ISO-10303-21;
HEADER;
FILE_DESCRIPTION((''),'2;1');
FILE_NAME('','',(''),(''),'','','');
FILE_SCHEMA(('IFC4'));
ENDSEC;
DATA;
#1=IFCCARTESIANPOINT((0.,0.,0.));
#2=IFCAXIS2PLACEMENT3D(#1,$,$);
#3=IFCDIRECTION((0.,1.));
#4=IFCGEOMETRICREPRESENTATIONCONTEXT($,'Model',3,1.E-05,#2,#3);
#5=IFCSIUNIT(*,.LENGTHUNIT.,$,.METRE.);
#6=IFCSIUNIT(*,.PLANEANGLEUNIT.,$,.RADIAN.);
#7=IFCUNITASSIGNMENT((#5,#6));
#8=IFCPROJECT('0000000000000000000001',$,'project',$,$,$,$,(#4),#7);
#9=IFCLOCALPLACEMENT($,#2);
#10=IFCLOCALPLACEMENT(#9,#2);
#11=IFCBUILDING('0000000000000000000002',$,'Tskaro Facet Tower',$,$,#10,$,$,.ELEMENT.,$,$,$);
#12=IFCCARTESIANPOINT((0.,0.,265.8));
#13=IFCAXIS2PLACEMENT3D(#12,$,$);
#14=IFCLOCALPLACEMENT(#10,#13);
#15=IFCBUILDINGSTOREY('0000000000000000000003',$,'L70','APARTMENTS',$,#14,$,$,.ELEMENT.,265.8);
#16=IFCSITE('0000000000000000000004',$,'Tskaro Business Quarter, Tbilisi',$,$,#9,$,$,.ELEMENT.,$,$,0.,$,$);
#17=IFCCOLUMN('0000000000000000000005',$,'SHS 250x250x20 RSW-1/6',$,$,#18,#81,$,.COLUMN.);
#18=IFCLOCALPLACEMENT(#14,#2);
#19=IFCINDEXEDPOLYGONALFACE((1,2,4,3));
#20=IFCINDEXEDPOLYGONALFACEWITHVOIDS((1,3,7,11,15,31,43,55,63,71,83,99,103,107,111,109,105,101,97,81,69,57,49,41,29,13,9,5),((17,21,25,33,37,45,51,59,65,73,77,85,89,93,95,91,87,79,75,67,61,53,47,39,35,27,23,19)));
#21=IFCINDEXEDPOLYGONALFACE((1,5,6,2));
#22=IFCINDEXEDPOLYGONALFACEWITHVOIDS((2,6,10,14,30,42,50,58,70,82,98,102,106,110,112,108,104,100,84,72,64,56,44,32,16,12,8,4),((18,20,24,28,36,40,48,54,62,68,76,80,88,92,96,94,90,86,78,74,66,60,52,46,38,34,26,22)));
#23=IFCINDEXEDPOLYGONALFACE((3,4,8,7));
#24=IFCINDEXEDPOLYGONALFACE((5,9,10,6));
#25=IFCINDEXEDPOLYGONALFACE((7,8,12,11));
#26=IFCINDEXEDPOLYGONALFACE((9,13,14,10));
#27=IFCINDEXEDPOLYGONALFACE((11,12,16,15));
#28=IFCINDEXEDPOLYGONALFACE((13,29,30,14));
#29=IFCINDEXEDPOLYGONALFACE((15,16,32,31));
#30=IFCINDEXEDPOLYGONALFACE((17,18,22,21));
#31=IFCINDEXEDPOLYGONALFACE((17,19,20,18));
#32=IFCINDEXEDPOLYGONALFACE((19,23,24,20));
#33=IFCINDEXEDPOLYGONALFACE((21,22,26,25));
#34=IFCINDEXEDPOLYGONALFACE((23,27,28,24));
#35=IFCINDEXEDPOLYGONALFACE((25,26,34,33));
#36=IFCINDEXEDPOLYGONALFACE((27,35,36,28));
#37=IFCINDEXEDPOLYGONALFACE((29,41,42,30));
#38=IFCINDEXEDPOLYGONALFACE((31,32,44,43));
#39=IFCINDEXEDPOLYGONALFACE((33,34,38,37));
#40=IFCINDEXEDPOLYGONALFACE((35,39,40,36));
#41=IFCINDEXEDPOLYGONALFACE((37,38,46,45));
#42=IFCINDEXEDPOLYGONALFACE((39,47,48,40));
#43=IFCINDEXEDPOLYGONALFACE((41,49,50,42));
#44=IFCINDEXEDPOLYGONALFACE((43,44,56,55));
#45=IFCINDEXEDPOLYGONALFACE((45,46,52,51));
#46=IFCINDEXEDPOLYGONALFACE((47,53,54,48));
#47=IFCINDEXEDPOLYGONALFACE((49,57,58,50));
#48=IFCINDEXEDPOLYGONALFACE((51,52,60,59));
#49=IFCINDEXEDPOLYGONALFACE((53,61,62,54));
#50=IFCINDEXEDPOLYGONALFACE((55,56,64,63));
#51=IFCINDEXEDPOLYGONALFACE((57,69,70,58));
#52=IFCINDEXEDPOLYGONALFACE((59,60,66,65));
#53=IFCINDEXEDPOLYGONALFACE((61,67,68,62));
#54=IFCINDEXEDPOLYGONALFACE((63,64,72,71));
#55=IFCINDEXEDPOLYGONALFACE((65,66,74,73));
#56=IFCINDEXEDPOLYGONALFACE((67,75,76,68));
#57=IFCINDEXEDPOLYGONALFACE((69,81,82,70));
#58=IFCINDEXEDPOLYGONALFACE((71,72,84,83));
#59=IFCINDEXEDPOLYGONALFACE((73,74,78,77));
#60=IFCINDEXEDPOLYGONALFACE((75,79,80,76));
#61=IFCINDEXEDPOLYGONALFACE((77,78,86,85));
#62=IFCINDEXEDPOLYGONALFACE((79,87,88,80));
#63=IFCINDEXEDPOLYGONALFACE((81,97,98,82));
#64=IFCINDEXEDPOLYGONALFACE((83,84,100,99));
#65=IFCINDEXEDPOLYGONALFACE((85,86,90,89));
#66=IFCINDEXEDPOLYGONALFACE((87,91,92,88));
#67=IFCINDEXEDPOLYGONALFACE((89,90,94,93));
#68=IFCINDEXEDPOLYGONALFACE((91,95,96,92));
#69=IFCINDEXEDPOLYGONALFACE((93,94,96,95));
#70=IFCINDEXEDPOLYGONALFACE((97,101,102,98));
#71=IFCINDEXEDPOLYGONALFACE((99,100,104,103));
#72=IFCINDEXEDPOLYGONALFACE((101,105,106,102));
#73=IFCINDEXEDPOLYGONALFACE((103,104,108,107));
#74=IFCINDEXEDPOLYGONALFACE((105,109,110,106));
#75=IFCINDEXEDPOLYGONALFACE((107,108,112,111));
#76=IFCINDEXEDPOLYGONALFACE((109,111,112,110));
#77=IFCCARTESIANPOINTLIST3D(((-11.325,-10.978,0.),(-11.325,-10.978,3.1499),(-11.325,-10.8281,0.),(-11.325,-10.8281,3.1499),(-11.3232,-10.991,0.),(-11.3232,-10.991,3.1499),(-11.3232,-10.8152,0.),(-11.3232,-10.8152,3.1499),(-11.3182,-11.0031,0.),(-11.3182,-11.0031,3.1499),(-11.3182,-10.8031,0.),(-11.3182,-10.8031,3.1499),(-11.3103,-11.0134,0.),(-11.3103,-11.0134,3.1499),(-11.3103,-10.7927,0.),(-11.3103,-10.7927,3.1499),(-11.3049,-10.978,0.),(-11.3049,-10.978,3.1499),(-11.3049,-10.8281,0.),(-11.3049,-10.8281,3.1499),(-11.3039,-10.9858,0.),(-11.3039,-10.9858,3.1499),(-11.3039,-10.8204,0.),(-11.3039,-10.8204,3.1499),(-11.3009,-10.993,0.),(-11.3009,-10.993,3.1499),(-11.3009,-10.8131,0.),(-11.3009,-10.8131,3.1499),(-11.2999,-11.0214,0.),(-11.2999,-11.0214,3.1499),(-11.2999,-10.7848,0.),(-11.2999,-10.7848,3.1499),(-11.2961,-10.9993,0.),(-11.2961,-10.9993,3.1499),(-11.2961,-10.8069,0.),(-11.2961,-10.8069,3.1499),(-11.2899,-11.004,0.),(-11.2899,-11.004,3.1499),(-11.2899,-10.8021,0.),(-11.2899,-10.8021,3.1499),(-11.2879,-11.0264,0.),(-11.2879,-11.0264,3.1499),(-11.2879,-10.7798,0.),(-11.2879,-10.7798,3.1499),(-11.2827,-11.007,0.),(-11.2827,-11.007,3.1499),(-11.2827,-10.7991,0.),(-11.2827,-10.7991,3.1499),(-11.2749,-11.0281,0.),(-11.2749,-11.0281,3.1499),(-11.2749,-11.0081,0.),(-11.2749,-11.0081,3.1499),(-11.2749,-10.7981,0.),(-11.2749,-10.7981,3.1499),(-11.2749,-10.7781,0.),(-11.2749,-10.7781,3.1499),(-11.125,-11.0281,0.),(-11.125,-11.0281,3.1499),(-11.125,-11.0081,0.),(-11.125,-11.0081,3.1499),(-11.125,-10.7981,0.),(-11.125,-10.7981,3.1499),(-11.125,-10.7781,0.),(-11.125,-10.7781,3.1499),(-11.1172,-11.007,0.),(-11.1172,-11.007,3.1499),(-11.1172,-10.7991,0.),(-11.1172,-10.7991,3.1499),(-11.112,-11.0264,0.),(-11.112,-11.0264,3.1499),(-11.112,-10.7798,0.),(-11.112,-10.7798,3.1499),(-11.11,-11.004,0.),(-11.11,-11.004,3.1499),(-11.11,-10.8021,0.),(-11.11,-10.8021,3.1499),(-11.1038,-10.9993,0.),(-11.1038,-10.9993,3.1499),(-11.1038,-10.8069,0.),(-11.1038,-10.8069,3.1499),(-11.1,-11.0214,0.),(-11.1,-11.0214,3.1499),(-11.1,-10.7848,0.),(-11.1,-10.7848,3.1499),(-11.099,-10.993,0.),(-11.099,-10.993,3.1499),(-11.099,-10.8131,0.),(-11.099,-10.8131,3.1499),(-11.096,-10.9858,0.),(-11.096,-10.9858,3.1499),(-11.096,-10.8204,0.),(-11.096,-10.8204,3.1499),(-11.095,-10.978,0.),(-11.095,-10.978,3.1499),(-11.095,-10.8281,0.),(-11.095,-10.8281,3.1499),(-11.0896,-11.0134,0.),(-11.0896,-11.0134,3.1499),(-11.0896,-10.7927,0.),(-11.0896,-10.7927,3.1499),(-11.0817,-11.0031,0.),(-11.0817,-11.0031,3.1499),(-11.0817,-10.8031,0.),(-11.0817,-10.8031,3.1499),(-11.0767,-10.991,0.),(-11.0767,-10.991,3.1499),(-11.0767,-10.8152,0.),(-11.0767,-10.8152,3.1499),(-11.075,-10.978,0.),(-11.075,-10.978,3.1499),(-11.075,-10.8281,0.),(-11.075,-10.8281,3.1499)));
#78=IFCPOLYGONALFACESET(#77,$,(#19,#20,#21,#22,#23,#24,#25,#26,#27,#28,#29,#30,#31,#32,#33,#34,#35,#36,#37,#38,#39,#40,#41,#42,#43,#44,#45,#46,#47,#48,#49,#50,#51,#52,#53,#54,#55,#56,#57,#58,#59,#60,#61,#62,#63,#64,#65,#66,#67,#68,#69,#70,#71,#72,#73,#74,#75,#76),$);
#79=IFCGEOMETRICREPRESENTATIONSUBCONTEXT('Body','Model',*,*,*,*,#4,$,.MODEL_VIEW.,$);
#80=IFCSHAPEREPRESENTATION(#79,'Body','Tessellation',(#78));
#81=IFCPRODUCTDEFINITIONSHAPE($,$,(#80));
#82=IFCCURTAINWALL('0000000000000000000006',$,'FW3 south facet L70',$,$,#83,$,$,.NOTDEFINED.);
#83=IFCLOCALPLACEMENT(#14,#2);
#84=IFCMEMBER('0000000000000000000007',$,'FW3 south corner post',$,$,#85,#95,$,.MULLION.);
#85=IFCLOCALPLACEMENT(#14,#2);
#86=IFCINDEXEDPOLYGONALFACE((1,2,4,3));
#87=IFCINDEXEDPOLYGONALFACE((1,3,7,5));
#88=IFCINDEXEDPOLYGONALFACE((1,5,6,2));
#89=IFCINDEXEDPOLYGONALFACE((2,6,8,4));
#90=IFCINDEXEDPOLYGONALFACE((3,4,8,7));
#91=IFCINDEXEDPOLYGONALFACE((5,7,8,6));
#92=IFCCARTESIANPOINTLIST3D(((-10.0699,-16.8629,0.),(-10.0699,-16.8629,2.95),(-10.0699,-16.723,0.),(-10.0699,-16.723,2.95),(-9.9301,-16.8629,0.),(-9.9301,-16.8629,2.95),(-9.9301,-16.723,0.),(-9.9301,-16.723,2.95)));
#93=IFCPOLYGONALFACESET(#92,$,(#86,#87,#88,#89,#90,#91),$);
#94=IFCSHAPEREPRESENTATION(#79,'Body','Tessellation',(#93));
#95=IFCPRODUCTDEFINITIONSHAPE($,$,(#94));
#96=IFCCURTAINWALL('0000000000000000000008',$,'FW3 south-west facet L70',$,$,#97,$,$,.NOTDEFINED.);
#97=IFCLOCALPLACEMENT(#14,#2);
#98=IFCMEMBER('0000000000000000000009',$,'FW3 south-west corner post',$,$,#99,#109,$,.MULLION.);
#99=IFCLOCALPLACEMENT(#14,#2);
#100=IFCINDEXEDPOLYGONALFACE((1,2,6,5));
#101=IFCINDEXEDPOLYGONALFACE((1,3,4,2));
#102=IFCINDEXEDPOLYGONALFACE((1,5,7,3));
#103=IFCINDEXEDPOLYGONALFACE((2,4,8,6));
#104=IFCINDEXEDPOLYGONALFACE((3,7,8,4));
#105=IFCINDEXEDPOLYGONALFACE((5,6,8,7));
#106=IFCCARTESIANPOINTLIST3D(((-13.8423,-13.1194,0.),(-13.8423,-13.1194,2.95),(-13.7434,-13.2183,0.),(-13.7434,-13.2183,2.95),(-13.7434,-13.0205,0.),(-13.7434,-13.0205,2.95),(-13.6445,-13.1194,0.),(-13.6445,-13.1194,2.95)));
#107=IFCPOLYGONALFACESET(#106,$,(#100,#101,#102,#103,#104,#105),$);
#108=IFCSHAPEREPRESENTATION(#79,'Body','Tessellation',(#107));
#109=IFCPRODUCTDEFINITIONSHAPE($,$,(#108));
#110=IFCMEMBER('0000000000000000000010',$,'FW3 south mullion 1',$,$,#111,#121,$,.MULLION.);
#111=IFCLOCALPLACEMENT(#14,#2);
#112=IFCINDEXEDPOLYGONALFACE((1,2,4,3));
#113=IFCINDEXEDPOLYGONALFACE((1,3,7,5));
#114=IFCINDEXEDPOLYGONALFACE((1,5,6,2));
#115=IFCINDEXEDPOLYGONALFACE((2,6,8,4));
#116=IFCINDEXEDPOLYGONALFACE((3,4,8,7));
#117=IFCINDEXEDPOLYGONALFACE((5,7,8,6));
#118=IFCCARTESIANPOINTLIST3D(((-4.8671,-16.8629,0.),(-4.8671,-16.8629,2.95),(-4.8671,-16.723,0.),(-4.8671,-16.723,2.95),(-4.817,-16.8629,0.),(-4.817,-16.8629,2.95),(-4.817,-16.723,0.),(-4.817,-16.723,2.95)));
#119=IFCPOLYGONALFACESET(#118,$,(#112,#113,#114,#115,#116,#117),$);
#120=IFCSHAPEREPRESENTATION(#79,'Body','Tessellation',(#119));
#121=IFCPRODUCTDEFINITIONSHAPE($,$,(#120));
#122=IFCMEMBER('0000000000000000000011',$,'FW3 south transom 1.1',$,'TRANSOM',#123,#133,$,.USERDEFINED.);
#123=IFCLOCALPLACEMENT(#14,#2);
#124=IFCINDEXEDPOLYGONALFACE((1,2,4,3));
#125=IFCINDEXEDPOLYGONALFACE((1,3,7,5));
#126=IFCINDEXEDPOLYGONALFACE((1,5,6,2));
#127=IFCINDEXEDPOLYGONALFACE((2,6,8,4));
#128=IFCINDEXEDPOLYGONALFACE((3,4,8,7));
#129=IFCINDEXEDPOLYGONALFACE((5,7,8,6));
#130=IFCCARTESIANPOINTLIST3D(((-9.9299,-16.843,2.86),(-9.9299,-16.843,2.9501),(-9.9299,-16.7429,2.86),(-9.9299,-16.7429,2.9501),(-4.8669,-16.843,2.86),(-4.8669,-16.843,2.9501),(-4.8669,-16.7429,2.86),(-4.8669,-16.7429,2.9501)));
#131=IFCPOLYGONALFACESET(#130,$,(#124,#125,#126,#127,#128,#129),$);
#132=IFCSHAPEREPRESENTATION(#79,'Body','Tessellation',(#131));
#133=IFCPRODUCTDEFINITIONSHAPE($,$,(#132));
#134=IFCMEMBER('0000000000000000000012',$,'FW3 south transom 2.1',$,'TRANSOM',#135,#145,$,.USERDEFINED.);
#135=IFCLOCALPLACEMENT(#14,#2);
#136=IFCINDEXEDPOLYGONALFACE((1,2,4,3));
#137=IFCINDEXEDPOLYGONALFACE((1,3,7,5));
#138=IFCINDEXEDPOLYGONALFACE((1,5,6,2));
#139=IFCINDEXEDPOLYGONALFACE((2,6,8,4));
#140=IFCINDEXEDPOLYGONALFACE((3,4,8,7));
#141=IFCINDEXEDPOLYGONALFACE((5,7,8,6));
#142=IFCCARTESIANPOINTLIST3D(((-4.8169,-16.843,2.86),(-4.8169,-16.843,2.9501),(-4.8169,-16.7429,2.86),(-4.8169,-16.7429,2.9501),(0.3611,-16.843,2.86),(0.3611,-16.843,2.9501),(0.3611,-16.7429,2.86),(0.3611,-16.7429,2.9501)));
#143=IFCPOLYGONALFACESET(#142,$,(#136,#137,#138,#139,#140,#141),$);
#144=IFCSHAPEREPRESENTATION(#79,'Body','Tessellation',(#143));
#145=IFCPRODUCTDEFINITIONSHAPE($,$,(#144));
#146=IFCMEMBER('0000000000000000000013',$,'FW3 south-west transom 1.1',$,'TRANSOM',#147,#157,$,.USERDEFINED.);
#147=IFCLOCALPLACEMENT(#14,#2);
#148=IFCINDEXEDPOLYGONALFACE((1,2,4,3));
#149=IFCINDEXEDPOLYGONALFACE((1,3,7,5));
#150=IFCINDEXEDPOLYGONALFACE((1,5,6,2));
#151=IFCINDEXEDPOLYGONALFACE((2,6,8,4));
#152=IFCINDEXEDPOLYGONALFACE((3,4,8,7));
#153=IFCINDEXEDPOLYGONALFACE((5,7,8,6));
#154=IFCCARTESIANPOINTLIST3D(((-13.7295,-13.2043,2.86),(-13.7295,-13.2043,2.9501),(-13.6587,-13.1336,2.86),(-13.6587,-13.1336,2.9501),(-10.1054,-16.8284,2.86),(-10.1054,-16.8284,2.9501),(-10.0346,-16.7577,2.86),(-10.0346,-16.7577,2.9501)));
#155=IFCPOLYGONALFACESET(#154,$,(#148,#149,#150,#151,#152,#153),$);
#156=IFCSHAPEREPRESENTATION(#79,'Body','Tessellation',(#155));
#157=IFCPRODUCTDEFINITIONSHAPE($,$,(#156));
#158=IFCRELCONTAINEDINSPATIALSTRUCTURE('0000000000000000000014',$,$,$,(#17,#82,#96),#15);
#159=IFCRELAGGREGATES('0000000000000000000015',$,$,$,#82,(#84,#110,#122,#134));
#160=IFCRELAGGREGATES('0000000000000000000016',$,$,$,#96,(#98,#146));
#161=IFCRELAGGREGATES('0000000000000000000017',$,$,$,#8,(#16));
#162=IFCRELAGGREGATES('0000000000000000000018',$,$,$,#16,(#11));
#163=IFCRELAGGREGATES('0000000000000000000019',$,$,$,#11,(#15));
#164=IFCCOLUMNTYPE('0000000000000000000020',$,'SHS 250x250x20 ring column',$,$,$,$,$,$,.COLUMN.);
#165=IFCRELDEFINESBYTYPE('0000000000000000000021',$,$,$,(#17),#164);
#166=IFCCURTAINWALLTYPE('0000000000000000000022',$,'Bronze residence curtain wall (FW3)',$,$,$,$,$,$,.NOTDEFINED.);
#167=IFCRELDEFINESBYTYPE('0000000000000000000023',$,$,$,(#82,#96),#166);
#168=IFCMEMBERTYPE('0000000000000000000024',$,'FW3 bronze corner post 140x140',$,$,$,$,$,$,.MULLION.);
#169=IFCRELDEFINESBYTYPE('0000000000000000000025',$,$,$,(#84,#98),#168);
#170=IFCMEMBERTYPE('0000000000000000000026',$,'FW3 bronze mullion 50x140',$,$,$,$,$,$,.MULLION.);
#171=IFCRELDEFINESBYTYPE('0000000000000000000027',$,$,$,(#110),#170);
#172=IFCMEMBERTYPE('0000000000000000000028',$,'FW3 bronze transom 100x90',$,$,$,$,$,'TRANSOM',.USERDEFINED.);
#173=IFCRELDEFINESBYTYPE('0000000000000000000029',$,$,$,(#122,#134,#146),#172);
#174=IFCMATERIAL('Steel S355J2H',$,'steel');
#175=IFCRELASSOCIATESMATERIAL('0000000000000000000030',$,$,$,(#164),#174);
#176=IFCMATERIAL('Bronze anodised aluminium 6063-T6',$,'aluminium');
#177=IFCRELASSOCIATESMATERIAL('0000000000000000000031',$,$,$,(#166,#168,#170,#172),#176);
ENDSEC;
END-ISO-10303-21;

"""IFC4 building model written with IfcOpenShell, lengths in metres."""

from ifc_helpers import new_model, si_unit, direction, frame, origin, origin_2d, place, context, subcontext, project, spatial, rectangle, hollow_rectangle, extrude, material, material_profile, profile_set, type_object, element, aggregate, save


model = new_model("IFC4")

# Units and contexts
model_context = context("Model", 3, precision=1e-05, world=origin(), true_north=direction((0.0, 1.0)))
body_context = subcontext(model_context, "Body", "Model", "MODEL_VIEW")
ifc_project = project(units=[si_unit("LENGTHUNIT", "METRE"), si_unit("PLANEANGLEUNIT", "RADIAN")], contexts=[model_context])

# Site, building, storey
site_placement = place(None, origin())
site = spatial("IfcSite", under=ifc_project, at=site_placement, Name="Tskaro Business Quarter, Tbilisi", CompositionType="ELEMENT", RefElevation=0.0)
building_placement = place(site_placement, origin())
building = spatial("IfcBuilding", under=site, at=building_placement, Name="Tskaro Facet Tower", CompositionType="ELEMENT")
storey_placement = place(building_placement, frame((0.0, 0.0, 265.8)))
storey = spatial("IfcBuildingStorey", under=building, at=storey_placement, Name="L70", Description="APARTMENTS", CompositionType="ELEMENT", Elevation=265.8)

# Column
ifc_material_1 = material(Name="Steel S355J2H", Category="steel")
ifc_material_profile_1 = material_profile(ifc_material_1, hollow_rectangle(XDim=0.25, YDim=0.25, WallThickness=0.02, InnerFilletRadius=0.03, OuterFilletRadius=0.05, at=origin_2d()), Name="SHS 250x250x20")
ifc_profile_set_1 = profile_set([ifc_material_profile_1], Name="Steel S355J2H")
column_type_1 = type_object("IfcColumnType", Name="SHS 250x250x20 ring column", PredefinedType="COLUMN", material=ifc_profile_set_1)
for number, where, z_axis, x_axis, name in (
    (1, (-11.2, -10.9031, 0.0), (0.0, 0.0, 1.0), (1.0, 0.0, 0.0), "SHS 250x250x20 RSW-1/6"),
):
    element("IfcColumn", number, at=place(storey_placement, frame(where, z_axis=z_axis, x_axis=x_axis)), inside=storey, type_object=column_type_1, Name=name, PredefinedType="COLUMN", context=body_context, shape_type="SweptSolid", body=[
        extrude(hollow_rectangle(XDim=0.25, YDim=0.25, WallThickness=0.02, InnerFilletRadius=0.03, OuterFilletRadius=0.05, at=origin_2d()), origin(), (0.0, 0.0, 1.0), 3.1499),
    ])

# Curtain walls, members
ifc_material_2 = material(Name="Bronze anodised aluminium 6063-T6", Category="aluminium")
curtain_wall_type = type_object("IfcCurtainWallType", Name="Bronze residence curtain wall (FW3)", PredefinedType="NOTDEFINED", material=ifc_material_2)
curtain_wall_1_placement = place(storey_placement, origin())
curtain_wall_1 = element("IfcCurtainWall", 2, at=curtain_wall_1_placement, inside=storey, type_object=curtain_wall_type, Name="FW3 south facet L70", PredefinedType="NOTDEFINED")
ifc_material_profile_2 = material_profile(ifc_material_2, rectangle(XDim=0.1399, YDim=0.1399, at=origin_2d()), Name="Corner post 140x140")
ifc_profile_set_2 = profile_set([ifc_material_profile_2], Name="Bronze anodised aluminium 6063-T6")
member_type_1 = type_object("IfcMemberType", Name="FW3 bronze corner post 140x140", PredefinedType="MULLION", material=ifc_profile_set_2)
member_1_placement = place(storey_placement, frame((-10.0, -16.793, 0.0), z_axis=(0.0, 0.0, 1.0), x_axis=(1.0, 0.0, 0.0)))
member_1 = element("IfcMember", 3, at=member_1_placement, type_object=member_type_1, Name="FW3 south corner post", PredefinedType="MULLION", context=body_context, shape_type="SweptSolid", body=[
    extrude(rectangle(XDim=0.1399, YDim=0.1399, at=origin_2d()), origin(), (0.0, 0.0, 1.0), 2.95),
])
curtain_wall_2_placement = place(storey_placement, origin())
curtain_wall_2 = element("IfcCurtainWall", 4, at=curtain_wall_2_placement, inside=storey, type_object=curtain_wall_type, Name="FW3 south-west facet L70", PredefinedType="NOTDEFINED")
member_2_placement = place(storey_placement, frame((-13.7434, -13.1194, 0.0), z_axis=(0.0, 0.0, 1.0), x_axis=(0.707107, -0.707107, 0.0)))
member_2 = element("IfcMember", 5, at=member_2_placement, type_object=member_type_1, Name="FW3 south-west corner post", PredefinedType="MULLION", context=body_context, shape_type="SweptSolid", body=[
    extrude(rectangle(XDim=0.1399, YDim=0.1399, at=origin_2d()), origin(), (0.0, 0.0, 1.0), 2.95),
])

# Members
ifc_material_profile_3 = material_profile(ifc_material_2, rectangle(XDim=0.05, YDim=0.1399, at=origin_2d()), Name="Mullion 50x140")
ifc_profile_set_3 = profile_set([ifc_material_profile_3], Name="Bronze anodised aluminium 6063-T6")
member_type_2 = type_object("IfcMemberType", Name="FW3 bronze mullion 50x140", PredefinedType="MULLION", material=ifc_profile_set_3)
member_3_placement = place(storey_placement, frame((-4.842, -16.793, 0.0), z_axis=(0.0, 0.0, 1.0), x_axis=(1.0, 0.0, 0.0)))
member_3 = element("IfcMember", 6, at=member_3_placement, type_object=member_type_2, Name="FW3 south mullion 1", PredefinedType="MULLION", context=body_context, shape_type="SweptSolid", body=[
    extrude(rectangle(XDim=0.05, YDim=0.1399, at=origin_2d()), origin(), (0.0, 0.0, 1.0), 2.95),
])
ifc_material_profile_4 = material_profile(ifc_material_2, rectangle(XDim=0.1001, YDim=0.0901, at=origin_2d()), Name="Transom 100x90")
ifc_profile_set_4 = profile_set([ifc_material_profile_4], Name="Bronze anodised aluminium 6063-T6")
member_type_3 = type_object("IfcMemberType", Name="FW3 bronze transom 100x90", ElementType="TRANSOM", PredefinedType="USERDEFINED", material=ifc_profile_set_4)
member_4_placement = place(storey_placement, frame((-9.9299, -16.793, 2.905), z_axis=(1.0, 0.0, 0.0), x_axis=(0.0, 1.0, 0.0)))
member_4 = element("IfcMember", 7, at=member_4_placement, type_object=member_type_3, Name="FW3 south transom 1.1", ObjectType="TRANSOM", PredefinedType="USERDEFINED", context=body_context, shape_type="SweptSolid", body=[
    extrude(rectangle(XDim=0.1001, YDim=0.0901, at=origin_2d()), origin(), (0.0, 0.0, 1.0), 5.063),
])
member_5_placement = place(storey_placement, frame((-4.8169, -16.793, 2.905), z_axis=(1.0, 0.0, 0.0), x_axis=(0.0, 1.0, 0.0)))
member_5 = element("IfcMember", 8, at=member_5_placement, type_object=member_type_3, Name="FW3 south transom 2.1", ObjectType="TRANSOM", PredefinedType="USERDEFINED", context=body_context, shape_type="SweptSolid", body=[
    extrude(rectangle(XDim=0.1001, YDim=0.0901, at=origin_2d()), origin(), (0.0, 0.0, 1.0), 5.178),
])
member_6_placement = place(storey_placement, frame((-13.6941, -13.1689, 2.905), z_axis=(0.707107, -0.707107, 0.0), x_axis=(0.707107, 0.707107, 0.0)))
member_6 = element("IfcMember", 9, at=member_6_placement, type_object=member_type_3, Name="FW3 south-west transom 1.1", ObjectType="TRANSOM", PredefinedType="USERDEFINED", context=body_context, shape_type="SweptSolid", body=[
    extrude(rectangle(XDim=0.1001, YDim=0.0901, at=origin_2d()), origin(), (0.0, 0.0, 1.0), 5.1252),
])

aggregate(curtain_wall_1, [member_1, member_3, member_4, member_5])
aggregate(curtain_wall_2, [member_2, member_6])

save(model, "model.ifc")
